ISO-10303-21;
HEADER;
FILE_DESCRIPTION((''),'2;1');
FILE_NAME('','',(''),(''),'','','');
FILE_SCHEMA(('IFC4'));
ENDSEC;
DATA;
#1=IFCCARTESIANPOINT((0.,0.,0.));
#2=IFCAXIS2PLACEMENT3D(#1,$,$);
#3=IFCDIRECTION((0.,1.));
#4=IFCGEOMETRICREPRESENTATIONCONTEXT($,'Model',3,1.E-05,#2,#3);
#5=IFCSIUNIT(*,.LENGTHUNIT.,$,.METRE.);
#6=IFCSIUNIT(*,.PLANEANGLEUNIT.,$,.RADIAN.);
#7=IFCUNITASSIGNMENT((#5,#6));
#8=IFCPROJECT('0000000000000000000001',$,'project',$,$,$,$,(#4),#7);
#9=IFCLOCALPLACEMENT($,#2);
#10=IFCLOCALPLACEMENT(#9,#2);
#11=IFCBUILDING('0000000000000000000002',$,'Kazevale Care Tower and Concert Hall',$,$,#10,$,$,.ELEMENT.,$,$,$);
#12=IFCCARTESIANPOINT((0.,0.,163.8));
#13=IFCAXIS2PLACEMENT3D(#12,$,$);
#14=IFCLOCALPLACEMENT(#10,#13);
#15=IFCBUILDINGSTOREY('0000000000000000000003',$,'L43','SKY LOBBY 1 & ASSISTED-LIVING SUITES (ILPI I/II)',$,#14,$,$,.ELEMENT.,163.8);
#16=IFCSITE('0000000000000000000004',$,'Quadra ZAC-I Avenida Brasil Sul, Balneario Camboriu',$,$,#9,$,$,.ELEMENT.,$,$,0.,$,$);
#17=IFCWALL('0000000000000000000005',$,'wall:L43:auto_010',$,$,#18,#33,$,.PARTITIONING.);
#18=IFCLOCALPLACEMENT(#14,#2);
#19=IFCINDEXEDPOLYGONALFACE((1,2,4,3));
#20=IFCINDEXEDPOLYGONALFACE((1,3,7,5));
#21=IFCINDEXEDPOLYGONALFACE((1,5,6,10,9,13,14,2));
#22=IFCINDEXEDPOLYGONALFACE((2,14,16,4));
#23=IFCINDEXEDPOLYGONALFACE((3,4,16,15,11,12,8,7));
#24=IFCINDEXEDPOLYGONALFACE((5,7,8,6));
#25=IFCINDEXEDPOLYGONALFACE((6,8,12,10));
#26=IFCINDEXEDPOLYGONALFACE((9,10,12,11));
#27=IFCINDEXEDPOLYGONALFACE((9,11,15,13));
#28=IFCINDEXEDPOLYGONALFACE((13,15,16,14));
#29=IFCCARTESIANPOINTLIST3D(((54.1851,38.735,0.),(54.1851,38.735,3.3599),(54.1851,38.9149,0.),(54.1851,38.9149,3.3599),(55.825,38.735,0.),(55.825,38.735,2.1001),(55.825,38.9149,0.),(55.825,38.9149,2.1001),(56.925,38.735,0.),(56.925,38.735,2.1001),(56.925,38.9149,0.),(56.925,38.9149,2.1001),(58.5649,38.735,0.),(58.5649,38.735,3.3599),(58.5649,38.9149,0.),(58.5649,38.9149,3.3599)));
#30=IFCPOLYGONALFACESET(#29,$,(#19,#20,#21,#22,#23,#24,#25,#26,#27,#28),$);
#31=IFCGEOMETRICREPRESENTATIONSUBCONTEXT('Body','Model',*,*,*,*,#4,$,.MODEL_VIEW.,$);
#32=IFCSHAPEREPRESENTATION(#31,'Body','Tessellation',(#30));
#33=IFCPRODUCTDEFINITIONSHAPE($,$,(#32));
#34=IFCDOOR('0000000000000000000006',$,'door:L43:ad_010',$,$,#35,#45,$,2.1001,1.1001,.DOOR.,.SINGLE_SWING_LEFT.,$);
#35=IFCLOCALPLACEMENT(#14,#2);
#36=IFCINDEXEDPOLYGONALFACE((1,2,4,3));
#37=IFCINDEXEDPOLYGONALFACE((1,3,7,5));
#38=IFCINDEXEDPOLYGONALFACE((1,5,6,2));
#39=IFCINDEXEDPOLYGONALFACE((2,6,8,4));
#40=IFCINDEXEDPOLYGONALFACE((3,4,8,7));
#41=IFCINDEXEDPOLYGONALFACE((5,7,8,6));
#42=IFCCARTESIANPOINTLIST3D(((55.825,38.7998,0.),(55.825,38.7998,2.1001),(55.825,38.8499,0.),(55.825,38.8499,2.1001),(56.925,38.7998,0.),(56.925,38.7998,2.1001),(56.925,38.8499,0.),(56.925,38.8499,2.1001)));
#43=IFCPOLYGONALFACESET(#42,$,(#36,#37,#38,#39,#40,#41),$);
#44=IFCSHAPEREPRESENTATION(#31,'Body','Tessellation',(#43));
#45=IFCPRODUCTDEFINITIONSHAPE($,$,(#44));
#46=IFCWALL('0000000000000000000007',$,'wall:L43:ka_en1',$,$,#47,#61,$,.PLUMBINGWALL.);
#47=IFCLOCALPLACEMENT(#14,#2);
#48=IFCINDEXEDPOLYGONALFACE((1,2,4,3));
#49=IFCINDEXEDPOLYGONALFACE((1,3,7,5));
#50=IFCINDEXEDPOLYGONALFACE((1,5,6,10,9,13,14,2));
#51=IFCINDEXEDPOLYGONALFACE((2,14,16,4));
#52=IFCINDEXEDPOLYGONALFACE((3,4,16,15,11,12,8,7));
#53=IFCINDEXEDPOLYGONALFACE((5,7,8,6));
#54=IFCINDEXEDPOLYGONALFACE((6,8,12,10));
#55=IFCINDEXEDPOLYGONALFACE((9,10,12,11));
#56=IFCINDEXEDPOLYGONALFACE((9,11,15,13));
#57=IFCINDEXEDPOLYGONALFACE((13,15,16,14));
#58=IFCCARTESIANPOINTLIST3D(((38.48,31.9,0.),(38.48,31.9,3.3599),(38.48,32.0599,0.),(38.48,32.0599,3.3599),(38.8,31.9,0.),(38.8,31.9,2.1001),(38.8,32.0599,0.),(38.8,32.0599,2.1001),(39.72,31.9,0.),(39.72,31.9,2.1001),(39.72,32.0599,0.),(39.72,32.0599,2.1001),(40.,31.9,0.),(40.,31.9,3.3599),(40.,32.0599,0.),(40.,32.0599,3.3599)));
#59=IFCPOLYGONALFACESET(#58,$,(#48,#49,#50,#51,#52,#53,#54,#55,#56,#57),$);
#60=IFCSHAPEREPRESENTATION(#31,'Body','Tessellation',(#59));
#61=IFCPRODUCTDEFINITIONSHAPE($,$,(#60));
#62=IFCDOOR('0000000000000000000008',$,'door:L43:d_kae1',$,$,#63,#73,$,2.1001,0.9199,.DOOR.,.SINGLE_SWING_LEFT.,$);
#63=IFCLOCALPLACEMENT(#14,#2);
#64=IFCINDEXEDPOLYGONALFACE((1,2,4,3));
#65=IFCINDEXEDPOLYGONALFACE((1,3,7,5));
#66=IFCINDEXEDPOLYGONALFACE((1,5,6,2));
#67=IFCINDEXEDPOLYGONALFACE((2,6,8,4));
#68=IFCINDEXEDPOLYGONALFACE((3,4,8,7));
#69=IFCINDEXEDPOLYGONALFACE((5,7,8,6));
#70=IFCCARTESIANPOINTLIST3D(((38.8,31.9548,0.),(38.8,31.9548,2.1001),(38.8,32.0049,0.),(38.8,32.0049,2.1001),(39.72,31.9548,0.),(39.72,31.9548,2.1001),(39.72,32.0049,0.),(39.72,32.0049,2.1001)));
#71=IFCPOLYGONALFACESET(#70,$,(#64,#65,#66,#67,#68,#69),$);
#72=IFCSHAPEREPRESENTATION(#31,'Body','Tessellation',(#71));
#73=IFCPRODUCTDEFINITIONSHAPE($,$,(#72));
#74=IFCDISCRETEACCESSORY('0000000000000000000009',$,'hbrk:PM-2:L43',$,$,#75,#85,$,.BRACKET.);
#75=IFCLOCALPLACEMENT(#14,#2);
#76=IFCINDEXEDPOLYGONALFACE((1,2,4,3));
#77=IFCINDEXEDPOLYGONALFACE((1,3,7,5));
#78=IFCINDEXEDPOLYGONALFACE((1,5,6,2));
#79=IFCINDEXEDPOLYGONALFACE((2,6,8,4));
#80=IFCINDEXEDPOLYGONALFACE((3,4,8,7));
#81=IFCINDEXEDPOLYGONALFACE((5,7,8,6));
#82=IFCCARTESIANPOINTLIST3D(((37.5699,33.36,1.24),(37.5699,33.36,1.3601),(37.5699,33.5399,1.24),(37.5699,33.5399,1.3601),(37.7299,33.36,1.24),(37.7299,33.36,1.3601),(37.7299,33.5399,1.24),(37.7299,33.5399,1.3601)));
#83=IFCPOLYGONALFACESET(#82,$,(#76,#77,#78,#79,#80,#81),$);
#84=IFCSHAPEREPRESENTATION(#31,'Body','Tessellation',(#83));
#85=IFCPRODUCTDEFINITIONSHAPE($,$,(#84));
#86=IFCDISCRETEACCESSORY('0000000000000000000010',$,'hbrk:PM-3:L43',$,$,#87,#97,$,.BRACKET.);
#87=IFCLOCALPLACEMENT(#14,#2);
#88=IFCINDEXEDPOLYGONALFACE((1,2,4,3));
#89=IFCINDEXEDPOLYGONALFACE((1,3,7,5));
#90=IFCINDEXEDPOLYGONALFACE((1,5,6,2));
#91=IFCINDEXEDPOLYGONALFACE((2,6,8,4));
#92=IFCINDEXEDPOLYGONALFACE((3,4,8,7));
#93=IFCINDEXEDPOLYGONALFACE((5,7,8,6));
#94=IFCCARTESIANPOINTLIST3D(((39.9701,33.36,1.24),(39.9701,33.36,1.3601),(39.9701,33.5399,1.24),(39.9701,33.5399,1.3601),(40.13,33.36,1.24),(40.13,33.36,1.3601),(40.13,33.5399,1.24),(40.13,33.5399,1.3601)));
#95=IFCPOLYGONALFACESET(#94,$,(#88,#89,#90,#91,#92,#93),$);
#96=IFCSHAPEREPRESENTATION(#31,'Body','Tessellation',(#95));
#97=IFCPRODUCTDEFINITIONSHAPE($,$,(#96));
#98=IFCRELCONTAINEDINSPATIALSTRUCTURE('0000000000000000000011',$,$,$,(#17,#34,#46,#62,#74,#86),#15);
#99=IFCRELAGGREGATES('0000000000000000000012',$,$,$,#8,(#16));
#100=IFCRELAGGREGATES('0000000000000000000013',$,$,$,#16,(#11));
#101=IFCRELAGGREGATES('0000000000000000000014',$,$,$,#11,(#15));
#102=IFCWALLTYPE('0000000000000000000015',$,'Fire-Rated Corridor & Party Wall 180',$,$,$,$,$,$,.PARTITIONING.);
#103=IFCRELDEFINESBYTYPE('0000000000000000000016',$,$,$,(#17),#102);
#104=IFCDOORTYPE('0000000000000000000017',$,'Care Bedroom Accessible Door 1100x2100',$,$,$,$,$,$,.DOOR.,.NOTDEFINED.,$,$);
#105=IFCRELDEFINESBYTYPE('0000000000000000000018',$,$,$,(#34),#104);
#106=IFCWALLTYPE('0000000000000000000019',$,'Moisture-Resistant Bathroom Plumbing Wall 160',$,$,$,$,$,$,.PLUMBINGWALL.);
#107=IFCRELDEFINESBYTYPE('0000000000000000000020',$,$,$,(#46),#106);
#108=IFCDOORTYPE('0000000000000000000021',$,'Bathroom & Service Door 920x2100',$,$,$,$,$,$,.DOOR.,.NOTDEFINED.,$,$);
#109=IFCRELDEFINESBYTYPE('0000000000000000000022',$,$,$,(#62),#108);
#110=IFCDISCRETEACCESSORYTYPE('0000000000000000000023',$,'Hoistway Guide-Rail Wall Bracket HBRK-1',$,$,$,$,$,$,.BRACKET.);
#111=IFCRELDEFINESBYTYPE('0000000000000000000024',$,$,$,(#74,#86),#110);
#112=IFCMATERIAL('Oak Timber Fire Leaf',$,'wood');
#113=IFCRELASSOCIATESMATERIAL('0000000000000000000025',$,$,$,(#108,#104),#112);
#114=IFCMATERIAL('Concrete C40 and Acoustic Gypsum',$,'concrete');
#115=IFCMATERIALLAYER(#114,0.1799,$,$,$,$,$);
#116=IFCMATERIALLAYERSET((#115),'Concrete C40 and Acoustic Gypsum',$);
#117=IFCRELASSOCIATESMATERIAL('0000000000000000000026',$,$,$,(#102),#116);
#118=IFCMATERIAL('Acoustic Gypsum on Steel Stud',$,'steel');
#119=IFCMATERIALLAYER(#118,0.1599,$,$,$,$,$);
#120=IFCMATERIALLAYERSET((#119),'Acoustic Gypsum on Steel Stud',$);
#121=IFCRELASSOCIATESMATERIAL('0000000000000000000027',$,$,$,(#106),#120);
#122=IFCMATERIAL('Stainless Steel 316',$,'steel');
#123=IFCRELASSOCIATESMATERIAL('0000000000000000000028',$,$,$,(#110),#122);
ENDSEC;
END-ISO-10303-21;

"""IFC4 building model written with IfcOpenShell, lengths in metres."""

from ifc_helpers import new_model, si_unit, direction, frame, frame_2d, origin, origin_2d, place, context, subcontext, project, spatial, rectangle, extrude, material, layer, layer_set, type_object, element, fill, save


model = new_model("IFC4")

# Units and contexts
model_context = context("Model", 3, precision=1e-05, world=origin(), true_north=direction((0.0, 1.0)))
body_context = subcontext(model_context, "Body", "Model", "MODEL_VIEW")
ifc_project = project(units=[si_unit("LENGTHUNIT", "METRE"), si_unit("PLANEANGLEUNIT", "RADIAN")], contexts=[model_context])

# Site, building, storey
site_placement = place(None, origin())
site = spatial("IfcSite", under=ifc_project, at=site_placement, Name="Quadra ZAC-I Avenida Brasil Sul, Balneario Camboriu", CompositionType="ELEMENT", RefElevation=0.0)
building_placement = place(site_placement, origin())
building = spatial("IfcBuilding", under=site, at=building_placement, Name="Kazevale Care Tower and Concert Hall", CompositionType="ELEMENT")
storey_placement = place(building_placement, frame((0.0, 0.0, 163.8)))
storey = spatial("IfcBuildingStorey", under=building, at=storey_placement, Name="L43", Description="SKY LOBBY 1 & ASSISTED-LIVING SUITES (ILPI I/II)", CompositionType="ELEMENT", Elevation=163.8)

# Shared definitions
ifc_material_1 = material(Name="Acoustic Gypsum on Steel Stud", Category="steel")
ifc_material_2 = material(Name="Oak Timber Fire Leaf", Category="wood")
door_type_1 = type_object("IfcDoorType", Name="Bathroom & Service Door 920x2100", OperationType="NOTDEFINED", PredefinedType="DOOR", material=ifc_material_2)

# Walls, openings, doors
ifc_material_3 = material(Name="Concrete C40 and Acoustic Gypsum", Category="concrete")
ifc_layer_1 = layer(ifc_material_3, 0.1799)
ifc_layer_set_1 = layer_set([ifc_layer_1], Name="Concrete C40 and Acoustic Gypsum")
wall_type_1 = type_object("IfcWallType", Name="Fire-Rated Corridor & Party Wall 180", PredefinedType="PARTITIONING", material=ifc_layer_set_1)
door_type_2 = type_object("IfcDoorType", Name="Care Bedroom Accessible Door 1100x2100", OperationType="NOTDEFINED", PredefinedType="DOOR", material=ifc_material_2)
wall_1_placement = place(storey_placement, frame((54.1851, 38.825, 0.0), z_axis=(0.0, 0.0, 1.0), x_axis=(1.0, 0.0, 0.0)))
wall_1 = element("IfcWall", 1, at=wall_1_placement, inside=storey, type_object=wall_type_1, Name="wall:L43:auto_010", PredefinedType="PARTITIONING", context=body_context, shape_type="SweptSolid", body=[
    extrude(rectangle(XDim=4.3799, YDim=0.1799, at=frame_2d((2.1899, 0.0))), origin(), (0.0, 0.0, 1.0), 3.3599),
])
opening_1_placement = place(wall_1_placement, frame((1.6399, 0.0, 0.0)))
opening_1 = element("IfcOpeningElement", 2, at=opening_1_placement, cuts=wall_1, PredefinedType="OPENING", context=body_context, shape_type="SweptSolid", body=[
    extrude(rectangle(XDim=1.1001, YDim=2.1001, at=frame_2d((0.55, 1.05))), frame((0.0, 0.0999, 0.0), z_axis=(0.0, -1.0, 0.0), x_axis=(1.0, 0.0, 0.0)), (0.0, 0.0, 1.0), 0.2),
])
door_1_placement = place(opening_1_placement, origin())
door_1 = element("IfcDoor", 3, at=door_1_placement, inside=storey, type_object=door_type_2, Name="door:L43:ad_010", OperationType="SINGLE_SWING_LEFT", OverallHeight=2.1001, OverallWidth=1.1001, PredefinedType="DOOR", context=body_context, shape_type="SweptSolid", body=[
    extrude(rectangle(XDim=1.1001, YDim=2.1001, at=frame_2d((0.55, 1.05))), frame((0.0, 0.0249, 0.0), z_axis=(0.0, -1.0, 0.0), x_axis=(1.0, 0.0, 0.0)), (0.0, 0.0, 1.0), 0.05),
])
fill(opening_1, door_1)
ifc_layer_2 = layer(ifc_material_1, 0.1599)
ifc_layer_set_2 = layer_set([ifc_layer_2], Name="Acoustic Gypsum on Steel Stud")
wall_type_2 = type_object("IfcWallType", Name="Moisture-Resistant Bathroom Plumbing Wall 160", PredefinedType="PLUMBINGWALL", material=ifc_layer_set_2)
wall_2_placement = place(storey_placement, frame((38.48, 31.98, 0.0), z_axis=(0.0, 0.0, 1.0), x_axis=(1.0, 0.0, 0.0)))
wall_2 = element("IfcWall", 4, at=wall_2_placement, inside=storey, type_object=wall_type_2, Name="wall:L43:ka_en1", PredefinedType="PLUMBINGWALL", context=body_context, shape_type="SweptSolid", body=[
    extrude(rectangle(XDim=1.52, YDim=0.1599, at=frame_2d((0.76, 0.0))), origin(), (0.0, 0.0, 1.0), 3.3599),
])
opening_2_placement = place(wall_2_placement, frame((0.3201, 0.0, 0.0)))
opening_2 = element("IfcOpeningElement", 5, at=opening_2_placement, cuts=wall_2, PredefinedType="OPENING", context=body_context, shape_type="SweptSolid", body=[
    extrude(rectangle(XDim=0.9199, YDim=2.1001, at=frame_2d((0.46, 1.05))), frame((0.0, 0.0898, 0.0), z_axis=(0.0, -1.0, 0.0), x_axis=(1.0, 0.0, 0.0)), (0.0, 0.0, 1.0), 0.1799),
])
door_2_placement = place(opening_2_placement, origin())
door_2 = element("IfcDoor", 6, at=door_2_placement, inside=storey, type_object=door_type_1, Name="door:L43:d_kae1", OperationType="SINGLE_SWING_LEFT", OverallHeight=2.1001, OverallWidth=0.9199, PredefinedType="DOOR", context=body_context, shape_type="SweptSolid", body=[
    extrude(rectangle(XDim=0.9199, YDim=2.1001, at=frame_2d((0.46, 1.05))), frame((0.0, 0.0249, 0.0), z_axis=(0.0, -1.0, 0.0), x_axis=(1.0, 0.0, 0.0)), (0.0, 0.0, 1.0), 0.05),
])
fill(opening_2, door_2)

# Discrete accessories
ifc_material_4 = material(Name="Stainless Steel 316", Category="steel")
discrete_accessory_type = type_object("IfcDiscreteAccessoryType", Name="Hoistway Guide-Rail Wall Bracket HBRK-1", PredefinedType="BRACKET", material=ifc_material_4)
for number, where, z_axis, x_axis, name in (
    (7, (37.6499, 33.45, 1.24), (0.0, 0.0, 1.0), (1.0, 0.0, 0.0), "hbrk:PM-2:L43"),
    (8, (40.05, 33.45, 1.24), (0.0, 0.0, 1.0), (1.0, 0.0, 0.0), "hbrk:PM-3:L43"),
):
    element("IfcDiscreteAccessory", number, at=place(storey_placement, frame(where, z_axis=z_axis, x_axis=x_axis)), inside=storey, type_object=discrete_accessory_type, Name=name, PredefinedType="BRACKET", context=body_context, shape_type="SweptSolid", body=[
        extrude(rectangle(XDim=0.1599, YDim=0.1799, at=origin_2d()), origin(), (0.0, 0.0, 1.0), 0.1201),
    ])

save(model, "model.ifc")
